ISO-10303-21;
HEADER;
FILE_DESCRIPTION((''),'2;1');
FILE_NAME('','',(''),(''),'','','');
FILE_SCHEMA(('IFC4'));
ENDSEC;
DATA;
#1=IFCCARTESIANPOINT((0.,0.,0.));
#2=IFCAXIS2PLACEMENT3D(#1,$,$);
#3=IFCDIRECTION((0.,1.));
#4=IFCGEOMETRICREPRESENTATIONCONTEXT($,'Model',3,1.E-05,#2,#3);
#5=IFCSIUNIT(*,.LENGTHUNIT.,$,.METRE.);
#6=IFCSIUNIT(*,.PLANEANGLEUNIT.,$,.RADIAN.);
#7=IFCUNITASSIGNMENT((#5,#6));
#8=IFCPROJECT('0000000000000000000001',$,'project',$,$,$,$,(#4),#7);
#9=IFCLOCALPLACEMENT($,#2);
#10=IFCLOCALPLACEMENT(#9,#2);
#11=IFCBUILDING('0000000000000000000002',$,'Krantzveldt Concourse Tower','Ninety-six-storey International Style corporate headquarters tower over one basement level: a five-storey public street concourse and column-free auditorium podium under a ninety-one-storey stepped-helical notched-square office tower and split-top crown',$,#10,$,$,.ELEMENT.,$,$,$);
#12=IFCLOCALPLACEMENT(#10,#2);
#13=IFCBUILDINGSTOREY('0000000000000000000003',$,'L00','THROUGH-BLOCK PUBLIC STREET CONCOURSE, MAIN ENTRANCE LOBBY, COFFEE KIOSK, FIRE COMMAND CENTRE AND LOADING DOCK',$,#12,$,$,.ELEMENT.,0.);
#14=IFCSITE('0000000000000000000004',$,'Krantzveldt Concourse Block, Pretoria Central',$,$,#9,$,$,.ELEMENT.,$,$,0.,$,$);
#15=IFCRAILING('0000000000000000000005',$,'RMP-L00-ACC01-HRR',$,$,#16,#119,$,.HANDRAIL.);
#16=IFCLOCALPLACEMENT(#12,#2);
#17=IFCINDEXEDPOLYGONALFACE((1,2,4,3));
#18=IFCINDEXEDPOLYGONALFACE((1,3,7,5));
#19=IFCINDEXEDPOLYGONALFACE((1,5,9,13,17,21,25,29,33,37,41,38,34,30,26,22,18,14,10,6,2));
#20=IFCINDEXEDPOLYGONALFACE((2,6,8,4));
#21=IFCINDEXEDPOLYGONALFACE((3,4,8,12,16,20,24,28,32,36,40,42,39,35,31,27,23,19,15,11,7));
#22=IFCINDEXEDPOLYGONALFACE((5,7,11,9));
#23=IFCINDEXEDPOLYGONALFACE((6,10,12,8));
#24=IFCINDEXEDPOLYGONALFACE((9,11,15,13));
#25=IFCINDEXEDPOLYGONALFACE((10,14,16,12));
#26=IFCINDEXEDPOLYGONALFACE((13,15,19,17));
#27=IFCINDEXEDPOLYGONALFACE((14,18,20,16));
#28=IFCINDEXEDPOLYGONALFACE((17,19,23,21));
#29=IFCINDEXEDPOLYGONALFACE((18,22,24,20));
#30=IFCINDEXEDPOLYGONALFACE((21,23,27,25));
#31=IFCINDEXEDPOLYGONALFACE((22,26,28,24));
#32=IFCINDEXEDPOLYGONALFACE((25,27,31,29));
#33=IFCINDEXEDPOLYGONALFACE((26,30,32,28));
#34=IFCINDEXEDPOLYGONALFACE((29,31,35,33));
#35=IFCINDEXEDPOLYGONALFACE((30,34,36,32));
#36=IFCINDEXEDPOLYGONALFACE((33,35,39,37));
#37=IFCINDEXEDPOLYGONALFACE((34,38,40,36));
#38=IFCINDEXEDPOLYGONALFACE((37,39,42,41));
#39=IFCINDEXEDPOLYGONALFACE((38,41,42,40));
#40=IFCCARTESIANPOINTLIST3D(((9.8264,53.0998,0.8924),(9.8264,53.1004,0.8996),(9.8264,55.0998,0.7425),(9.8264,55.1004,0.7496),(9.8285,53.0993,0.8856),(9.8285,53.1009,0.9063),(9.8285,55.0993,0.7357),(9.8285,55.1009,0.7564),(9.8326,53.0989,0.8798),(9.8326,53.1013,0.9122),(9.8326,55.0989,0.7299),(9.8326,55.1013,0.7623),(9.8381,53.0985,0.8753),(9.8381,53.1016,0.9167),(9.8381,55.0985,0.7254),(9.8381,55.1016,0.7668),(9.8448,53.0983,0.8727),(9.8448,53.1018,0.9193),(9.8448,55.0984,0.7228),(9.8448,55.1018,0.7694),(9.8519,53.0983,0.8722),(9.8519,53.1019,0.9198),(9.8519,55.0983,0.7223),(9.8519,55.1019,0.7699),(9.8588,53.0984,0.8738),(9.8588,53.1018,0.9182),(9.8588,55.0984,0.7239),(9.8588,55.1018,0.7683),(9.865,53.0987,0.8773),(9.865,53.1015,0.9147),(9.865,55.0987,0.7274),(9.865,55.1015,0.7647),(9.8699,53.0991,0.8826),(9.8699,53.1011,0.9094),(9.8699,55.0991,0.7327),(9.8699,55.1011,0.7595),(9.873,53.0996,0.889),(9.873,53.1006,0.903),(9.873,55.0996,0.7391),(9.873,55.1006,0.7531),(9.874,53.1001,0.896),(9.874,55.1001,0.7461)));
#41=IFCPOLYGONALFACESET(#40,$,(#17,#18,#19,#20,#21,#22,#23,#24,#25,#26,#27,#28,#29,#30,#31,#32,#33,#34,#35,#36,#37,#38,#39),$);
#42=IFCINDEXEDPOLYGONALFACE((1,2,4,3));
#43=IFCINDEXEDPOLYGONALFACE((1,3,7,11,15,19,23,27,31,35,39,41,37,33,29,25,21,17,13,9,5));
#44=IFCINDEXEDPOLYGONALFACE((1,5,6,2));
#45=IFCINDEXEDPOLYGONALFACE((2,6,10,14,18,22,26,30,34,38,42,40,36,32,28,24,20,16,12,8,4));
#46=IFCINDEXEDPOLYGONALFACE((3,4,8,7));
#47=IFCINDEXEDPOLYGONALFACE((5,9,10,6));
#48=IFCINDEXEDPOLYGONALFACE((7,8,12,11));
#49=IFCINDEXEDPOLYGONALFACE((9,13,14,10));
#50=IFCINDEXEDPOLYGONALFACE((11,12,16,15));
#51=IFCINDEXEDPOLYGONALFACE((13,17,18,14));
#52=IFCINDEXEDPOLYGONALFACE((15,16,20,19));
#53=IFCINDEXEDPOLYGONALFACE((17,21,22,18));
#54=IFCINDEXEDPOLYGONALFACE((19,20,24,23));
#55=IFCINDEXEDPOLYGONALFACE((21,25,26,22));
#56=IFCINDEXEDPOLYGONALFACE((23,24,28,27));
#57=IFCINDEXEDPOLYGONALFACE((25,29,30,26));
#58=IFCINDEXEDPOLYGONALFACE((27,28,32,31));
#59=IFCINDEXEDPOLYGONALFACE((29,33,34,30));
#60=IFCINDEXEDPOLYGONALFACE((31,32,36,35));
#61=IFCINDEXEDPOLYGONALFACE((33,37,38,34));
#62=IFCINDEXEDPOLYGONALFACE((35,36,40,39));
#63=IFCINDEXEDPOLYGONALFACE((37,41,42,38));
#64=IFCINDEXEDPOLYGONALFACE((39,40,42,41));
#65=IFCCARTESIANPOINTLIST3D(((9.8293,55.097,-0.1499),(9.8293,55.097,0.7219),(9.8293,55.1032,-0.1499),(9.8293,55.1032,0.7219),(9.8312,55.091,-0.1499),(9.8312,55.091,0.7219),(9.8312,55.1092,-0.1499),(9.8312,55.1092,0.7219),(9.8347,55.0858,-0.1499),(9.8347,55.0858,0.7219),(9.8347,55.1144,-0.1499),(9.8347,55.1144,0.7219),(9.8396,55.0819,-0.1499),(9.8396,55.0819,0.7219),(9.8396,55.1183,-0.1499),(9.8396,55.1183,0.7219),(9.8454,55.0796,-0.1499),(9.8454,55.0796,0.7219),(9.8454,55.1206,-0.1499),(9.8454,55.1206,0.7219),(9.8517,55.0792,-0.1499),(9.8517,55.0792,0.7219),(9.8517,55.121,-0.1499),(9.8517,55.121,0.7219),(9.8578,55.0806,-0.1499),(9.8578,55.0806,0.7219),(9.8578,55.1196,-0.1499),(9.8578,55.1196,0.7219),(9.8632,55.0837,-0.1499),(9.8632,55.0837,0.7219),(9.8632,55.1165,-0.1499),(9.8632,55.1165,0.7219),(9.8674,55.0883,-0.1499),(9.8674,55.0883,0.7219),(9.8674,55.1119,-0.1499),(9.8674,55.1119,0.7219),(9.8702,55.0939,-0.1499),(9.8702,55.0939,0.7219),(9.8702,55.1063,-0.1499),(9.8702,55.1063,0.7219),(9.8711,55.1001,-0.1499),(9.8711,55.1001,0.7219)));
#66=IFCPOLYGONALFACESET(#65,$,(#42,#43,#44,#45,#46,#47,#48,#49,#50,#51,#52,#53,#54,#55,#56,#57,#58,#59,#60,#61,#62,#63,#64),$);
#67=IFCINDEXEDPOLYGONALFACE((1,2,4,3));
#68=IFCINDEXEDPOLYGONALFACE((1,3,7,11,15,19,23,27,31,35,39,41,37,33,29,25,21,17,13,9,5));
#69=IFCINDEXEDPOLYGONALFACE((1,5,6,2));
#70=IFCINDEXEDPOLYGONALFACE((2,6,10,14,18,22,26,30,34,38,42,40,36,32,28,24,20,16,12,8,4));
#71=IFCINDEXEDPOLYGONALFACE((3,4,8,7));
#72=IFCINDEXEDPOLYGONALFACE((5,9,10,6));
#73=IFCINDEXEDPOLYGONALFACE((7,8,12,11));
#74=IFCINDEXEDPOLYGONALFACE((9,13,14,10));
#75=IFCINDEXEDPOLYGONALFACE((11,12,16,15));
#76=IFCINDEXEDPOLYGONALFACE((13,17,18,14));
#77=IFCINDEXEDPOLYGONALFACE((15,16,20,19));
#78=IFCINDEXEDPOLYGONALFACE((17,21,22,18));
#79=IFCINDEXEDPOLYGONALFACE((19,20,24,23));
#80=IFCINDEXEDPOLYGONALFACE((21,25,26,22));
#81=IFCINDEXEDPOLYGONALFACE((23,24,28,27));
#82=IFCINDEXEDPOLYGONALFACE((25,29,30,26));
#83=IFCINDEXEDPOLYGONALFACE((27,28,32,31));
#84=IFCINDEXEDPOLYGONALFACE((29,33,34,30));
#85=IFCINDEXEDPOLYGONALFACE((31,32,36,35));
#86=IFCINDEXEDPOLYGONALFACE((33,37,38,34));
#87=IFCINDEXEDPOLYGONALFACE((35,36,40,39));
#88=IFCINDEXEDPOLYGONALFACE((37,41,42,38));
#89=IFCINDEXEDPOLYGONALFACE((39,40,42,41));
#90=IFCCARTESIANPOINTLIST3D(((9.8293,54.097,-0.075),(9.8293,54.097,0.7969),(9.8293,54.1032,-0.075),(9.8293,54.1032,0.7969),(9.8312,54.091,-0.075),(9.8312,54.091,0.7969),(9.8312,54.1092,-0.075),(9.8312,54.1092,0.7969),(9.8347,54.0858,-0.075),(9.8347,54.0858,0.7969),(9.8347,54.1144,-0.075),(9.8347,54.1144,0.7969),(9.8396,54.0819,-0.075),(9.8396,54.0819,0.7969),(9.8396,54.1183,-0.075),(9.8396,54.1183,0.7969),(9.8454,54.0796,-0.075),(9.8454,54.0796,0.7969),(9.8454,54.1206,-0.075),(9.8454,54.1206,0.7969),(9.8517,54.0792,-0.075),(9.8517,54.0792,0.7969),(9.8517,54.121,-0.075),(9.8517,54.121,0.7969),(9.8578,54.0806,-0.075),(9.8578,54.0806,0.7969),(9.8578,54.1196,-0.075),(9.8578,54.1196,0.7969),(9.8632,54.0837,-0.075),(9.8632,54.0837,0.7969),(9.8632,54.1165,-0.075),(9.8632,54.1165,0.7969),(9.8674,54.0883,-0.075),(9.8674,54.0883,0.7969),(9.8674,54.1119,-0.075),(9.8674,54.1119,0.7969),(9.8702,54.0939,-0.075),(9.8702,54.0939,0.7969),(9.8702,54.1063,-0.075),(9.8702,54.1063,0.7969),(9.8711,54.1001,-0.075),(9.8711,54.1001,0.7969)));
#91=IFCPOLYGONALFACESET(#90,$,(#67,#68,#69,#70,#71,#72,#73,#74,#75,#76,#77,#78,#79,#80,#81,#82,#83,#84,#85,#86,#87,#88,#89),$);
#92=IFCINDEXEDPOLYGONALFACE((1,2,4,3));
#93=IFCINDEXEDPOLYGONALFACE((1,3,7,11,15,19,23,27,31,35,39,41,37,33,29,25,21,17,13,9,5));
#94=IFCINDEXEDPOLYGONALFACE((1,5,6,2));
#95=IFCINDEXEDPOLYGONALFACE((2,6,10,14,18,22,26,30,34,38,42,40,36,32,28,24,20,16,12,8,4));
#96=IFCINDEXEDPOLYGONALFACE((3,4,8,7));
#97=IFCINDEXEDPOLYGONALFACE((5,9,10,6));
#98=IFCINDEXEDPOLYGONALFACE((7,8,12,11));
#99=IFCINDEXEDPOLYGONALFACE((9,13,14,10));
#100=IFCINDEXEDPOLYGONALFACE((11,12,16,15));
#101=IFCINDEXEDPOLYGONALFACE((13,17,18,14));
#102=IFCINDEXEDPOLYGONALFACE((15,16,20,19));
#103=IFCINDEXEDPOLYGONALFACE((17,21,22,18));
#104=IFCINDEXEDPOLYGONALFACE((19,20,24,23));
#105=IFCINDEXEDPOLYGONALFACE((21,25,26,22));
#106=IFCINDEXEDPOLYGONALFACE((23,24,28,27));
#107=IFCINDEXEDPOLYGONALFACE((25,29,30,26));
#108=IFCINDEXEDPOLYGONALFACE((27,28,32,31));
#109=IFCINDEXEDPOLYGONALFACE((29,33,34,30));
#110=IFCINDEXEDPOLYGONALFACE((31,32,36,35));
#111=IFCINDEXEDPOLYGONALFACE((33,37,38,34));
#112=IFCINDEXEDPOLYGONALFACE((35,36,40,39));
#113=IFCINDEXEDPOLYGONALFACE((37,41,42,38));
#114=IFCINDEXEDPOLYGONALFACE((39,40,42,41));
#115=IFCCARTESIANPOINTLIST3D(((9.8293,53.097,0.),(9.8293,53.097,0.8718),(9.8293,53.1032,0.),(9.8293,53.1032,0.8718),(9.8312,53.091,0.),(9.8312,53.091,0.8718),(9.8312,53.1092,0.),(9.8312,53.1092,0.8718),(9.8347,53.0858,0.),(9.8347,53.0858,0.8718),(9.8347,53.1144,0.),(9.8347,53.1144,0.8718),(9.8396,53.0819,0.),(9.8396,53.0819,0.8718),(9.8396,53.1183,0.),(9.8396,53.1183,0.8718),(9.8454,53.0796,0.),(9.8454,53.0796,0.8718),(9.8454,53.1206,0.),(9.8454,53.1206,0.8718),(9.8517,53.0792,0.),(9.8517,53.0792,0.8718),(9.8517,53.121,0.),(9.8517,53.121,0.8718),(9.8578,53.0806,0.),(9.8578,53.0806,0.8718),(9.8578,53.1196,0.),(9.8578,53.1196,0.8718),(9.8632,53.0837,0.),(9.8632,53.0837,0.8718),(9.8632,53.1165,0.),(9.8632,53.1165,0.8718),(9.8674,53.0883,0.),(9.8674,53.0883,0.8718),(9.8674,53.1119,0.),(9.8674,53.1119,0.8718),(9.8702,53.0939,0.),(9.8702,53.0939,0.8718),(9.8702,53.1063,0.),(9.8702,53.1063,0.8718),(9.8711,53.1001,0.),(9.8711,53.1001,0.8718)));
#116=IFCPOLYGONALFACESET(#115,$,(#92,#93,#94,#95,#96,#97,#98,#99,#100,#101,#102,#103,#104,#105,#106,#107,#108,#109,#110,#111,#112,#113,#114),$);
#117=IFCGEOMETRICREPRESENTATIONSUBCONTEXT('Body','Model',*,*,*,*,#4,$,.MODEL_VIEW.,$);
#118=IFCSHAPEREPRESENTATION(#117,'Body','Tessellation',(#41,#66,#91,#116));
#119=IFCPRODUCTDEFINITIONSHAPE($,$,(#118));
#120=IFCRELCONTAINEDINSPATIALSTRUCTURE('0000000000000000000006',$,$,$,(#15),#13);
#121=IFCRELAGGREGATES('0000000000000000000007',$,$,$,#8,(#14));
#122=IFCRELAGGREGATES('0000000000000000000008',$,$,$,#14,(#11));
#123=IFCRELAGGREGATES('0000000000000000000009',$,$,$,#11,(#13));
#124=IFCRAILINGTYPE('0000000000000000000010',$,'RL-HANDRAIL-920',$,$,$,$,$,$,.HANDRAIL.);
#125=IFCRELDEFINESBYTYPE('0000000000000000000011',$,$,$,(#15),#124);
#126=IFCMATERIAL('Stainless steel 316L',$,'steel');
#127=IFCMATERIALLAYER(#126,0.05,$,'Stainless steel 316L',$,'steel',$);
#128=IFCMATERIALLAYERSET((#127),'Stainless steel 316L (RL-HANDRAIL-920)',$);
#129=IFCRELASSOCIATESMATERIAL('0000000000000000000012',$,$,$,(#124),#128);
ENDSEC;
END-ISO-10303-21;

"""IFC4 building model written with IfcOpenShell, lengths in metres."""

from ifc_helpers import new_model, si_unit, direction, frame, origin, origin_2d, place, context, subcontext, project, spatial, circle, extrude, material, layer, layer_set, type_object, element, save


model = new_model("IFC4")

# Units and contexts
model_context = context("Model", 3, precision=1e-05, world=origin(), true_north=direction((0.0, 1.0)))
body_context = subcontext(model_context, "Body", "Model", "MODEL_VIEW")
ifc_project = project(units=[si_unit("LENGTHUNIT", "METRE"), si_unit("PLANEANGLEUNIT", "RADIAN")], contexts=[model_context])

# Site, building, storey
site_placement = place(None, origin())
site = spatial("IfcSite", under=ifc_project, at=site_placement, Name="Krantzveldt Concourse Block, Pretoria Central", CompositionType="ELEMENT", RefElevation=0.0)
building_placement = place(site_placement, origin())
building = spatial("IfcBuilding", under=site, at=building_placement, Name="Krantzveldt Concourse Tower", Description="Ninety-six-storey International Style corporate headquarters tower over one basement level: a five-storey public street concourse and column-free auditorium podium under a ninety-one-storey stepped-helical notched-square office tower and split-top crown", CompositionType="ELEMENT")
storey_placement = place(building_placement, origin())
storey = spatial("IfcBuildingStorey", under=building, at=storey_placement, Name="L00", Description="THROUGH-BLOCK PUBLIC STREET CONCOURSE, MAIN ENTRANCE LOBBY, COFFEE KIOSK, FIRE COMMAND CENTRE AND LOADING DOCK", CompositionType="ELEMENT", Elevation=0.0)

# Railing
ifc_material_1 = material(Name="Stainless steel 316L", Category="steel")
ifc_layer_1 = layer(ifc_material_1, 0.05, Name="Stainless steel 316L", Category="steel")
ifc_layer_set_1 = layer_set([ifc_layer_1], Name="Stainless steel 316L (RL-HANDRAIL-920)")
railing_type_1 = type_object("IfcRailingType", Name="RL-HANDRAIL-920", PredefinedType="HANDRAIL", material=ifc_layer_set_1)
for number, where, name in (
    (1, (9.8501, 55.1001, -0.1499), "RMP-L00-ACC01-HRR"),
):
    element("IfcRailing", number, at=place(storey_placement, frame(where)), inside=storey, type_object=railing_type_1, Name=name, PredefinedType="HANDRAIL", context=body_context, shape_type="SweptSolid", body=[
        extrude(circle(Radius=0.0239, at=origin_2d()), frame((0.0, 0.0, 0.896), z_axis=(0.0, -0.997203, 0.074742), x_axis=(1.0, 0.0, 0.0)), (0.0, 0.0, 1.0), 2.0056),
        extrude(circle(Radius=0.021, at=origin_2d()), origin(), (0.0, 0.0, 1.0), 0.8718),
        extrude(circle(Radius=0.021, at=origin_2d()), frame((0.0, -1.0, 0.075)), (0.0, 0.0, 1.0), 0.8718),
        extrude(circle(Radius=0.021, at=origin_2d()), frame((0.0, -2.0, 0.1499)), (0.0, 0.0, 1.0), 0.8718),
    ])

save(model, "model.ifc")
